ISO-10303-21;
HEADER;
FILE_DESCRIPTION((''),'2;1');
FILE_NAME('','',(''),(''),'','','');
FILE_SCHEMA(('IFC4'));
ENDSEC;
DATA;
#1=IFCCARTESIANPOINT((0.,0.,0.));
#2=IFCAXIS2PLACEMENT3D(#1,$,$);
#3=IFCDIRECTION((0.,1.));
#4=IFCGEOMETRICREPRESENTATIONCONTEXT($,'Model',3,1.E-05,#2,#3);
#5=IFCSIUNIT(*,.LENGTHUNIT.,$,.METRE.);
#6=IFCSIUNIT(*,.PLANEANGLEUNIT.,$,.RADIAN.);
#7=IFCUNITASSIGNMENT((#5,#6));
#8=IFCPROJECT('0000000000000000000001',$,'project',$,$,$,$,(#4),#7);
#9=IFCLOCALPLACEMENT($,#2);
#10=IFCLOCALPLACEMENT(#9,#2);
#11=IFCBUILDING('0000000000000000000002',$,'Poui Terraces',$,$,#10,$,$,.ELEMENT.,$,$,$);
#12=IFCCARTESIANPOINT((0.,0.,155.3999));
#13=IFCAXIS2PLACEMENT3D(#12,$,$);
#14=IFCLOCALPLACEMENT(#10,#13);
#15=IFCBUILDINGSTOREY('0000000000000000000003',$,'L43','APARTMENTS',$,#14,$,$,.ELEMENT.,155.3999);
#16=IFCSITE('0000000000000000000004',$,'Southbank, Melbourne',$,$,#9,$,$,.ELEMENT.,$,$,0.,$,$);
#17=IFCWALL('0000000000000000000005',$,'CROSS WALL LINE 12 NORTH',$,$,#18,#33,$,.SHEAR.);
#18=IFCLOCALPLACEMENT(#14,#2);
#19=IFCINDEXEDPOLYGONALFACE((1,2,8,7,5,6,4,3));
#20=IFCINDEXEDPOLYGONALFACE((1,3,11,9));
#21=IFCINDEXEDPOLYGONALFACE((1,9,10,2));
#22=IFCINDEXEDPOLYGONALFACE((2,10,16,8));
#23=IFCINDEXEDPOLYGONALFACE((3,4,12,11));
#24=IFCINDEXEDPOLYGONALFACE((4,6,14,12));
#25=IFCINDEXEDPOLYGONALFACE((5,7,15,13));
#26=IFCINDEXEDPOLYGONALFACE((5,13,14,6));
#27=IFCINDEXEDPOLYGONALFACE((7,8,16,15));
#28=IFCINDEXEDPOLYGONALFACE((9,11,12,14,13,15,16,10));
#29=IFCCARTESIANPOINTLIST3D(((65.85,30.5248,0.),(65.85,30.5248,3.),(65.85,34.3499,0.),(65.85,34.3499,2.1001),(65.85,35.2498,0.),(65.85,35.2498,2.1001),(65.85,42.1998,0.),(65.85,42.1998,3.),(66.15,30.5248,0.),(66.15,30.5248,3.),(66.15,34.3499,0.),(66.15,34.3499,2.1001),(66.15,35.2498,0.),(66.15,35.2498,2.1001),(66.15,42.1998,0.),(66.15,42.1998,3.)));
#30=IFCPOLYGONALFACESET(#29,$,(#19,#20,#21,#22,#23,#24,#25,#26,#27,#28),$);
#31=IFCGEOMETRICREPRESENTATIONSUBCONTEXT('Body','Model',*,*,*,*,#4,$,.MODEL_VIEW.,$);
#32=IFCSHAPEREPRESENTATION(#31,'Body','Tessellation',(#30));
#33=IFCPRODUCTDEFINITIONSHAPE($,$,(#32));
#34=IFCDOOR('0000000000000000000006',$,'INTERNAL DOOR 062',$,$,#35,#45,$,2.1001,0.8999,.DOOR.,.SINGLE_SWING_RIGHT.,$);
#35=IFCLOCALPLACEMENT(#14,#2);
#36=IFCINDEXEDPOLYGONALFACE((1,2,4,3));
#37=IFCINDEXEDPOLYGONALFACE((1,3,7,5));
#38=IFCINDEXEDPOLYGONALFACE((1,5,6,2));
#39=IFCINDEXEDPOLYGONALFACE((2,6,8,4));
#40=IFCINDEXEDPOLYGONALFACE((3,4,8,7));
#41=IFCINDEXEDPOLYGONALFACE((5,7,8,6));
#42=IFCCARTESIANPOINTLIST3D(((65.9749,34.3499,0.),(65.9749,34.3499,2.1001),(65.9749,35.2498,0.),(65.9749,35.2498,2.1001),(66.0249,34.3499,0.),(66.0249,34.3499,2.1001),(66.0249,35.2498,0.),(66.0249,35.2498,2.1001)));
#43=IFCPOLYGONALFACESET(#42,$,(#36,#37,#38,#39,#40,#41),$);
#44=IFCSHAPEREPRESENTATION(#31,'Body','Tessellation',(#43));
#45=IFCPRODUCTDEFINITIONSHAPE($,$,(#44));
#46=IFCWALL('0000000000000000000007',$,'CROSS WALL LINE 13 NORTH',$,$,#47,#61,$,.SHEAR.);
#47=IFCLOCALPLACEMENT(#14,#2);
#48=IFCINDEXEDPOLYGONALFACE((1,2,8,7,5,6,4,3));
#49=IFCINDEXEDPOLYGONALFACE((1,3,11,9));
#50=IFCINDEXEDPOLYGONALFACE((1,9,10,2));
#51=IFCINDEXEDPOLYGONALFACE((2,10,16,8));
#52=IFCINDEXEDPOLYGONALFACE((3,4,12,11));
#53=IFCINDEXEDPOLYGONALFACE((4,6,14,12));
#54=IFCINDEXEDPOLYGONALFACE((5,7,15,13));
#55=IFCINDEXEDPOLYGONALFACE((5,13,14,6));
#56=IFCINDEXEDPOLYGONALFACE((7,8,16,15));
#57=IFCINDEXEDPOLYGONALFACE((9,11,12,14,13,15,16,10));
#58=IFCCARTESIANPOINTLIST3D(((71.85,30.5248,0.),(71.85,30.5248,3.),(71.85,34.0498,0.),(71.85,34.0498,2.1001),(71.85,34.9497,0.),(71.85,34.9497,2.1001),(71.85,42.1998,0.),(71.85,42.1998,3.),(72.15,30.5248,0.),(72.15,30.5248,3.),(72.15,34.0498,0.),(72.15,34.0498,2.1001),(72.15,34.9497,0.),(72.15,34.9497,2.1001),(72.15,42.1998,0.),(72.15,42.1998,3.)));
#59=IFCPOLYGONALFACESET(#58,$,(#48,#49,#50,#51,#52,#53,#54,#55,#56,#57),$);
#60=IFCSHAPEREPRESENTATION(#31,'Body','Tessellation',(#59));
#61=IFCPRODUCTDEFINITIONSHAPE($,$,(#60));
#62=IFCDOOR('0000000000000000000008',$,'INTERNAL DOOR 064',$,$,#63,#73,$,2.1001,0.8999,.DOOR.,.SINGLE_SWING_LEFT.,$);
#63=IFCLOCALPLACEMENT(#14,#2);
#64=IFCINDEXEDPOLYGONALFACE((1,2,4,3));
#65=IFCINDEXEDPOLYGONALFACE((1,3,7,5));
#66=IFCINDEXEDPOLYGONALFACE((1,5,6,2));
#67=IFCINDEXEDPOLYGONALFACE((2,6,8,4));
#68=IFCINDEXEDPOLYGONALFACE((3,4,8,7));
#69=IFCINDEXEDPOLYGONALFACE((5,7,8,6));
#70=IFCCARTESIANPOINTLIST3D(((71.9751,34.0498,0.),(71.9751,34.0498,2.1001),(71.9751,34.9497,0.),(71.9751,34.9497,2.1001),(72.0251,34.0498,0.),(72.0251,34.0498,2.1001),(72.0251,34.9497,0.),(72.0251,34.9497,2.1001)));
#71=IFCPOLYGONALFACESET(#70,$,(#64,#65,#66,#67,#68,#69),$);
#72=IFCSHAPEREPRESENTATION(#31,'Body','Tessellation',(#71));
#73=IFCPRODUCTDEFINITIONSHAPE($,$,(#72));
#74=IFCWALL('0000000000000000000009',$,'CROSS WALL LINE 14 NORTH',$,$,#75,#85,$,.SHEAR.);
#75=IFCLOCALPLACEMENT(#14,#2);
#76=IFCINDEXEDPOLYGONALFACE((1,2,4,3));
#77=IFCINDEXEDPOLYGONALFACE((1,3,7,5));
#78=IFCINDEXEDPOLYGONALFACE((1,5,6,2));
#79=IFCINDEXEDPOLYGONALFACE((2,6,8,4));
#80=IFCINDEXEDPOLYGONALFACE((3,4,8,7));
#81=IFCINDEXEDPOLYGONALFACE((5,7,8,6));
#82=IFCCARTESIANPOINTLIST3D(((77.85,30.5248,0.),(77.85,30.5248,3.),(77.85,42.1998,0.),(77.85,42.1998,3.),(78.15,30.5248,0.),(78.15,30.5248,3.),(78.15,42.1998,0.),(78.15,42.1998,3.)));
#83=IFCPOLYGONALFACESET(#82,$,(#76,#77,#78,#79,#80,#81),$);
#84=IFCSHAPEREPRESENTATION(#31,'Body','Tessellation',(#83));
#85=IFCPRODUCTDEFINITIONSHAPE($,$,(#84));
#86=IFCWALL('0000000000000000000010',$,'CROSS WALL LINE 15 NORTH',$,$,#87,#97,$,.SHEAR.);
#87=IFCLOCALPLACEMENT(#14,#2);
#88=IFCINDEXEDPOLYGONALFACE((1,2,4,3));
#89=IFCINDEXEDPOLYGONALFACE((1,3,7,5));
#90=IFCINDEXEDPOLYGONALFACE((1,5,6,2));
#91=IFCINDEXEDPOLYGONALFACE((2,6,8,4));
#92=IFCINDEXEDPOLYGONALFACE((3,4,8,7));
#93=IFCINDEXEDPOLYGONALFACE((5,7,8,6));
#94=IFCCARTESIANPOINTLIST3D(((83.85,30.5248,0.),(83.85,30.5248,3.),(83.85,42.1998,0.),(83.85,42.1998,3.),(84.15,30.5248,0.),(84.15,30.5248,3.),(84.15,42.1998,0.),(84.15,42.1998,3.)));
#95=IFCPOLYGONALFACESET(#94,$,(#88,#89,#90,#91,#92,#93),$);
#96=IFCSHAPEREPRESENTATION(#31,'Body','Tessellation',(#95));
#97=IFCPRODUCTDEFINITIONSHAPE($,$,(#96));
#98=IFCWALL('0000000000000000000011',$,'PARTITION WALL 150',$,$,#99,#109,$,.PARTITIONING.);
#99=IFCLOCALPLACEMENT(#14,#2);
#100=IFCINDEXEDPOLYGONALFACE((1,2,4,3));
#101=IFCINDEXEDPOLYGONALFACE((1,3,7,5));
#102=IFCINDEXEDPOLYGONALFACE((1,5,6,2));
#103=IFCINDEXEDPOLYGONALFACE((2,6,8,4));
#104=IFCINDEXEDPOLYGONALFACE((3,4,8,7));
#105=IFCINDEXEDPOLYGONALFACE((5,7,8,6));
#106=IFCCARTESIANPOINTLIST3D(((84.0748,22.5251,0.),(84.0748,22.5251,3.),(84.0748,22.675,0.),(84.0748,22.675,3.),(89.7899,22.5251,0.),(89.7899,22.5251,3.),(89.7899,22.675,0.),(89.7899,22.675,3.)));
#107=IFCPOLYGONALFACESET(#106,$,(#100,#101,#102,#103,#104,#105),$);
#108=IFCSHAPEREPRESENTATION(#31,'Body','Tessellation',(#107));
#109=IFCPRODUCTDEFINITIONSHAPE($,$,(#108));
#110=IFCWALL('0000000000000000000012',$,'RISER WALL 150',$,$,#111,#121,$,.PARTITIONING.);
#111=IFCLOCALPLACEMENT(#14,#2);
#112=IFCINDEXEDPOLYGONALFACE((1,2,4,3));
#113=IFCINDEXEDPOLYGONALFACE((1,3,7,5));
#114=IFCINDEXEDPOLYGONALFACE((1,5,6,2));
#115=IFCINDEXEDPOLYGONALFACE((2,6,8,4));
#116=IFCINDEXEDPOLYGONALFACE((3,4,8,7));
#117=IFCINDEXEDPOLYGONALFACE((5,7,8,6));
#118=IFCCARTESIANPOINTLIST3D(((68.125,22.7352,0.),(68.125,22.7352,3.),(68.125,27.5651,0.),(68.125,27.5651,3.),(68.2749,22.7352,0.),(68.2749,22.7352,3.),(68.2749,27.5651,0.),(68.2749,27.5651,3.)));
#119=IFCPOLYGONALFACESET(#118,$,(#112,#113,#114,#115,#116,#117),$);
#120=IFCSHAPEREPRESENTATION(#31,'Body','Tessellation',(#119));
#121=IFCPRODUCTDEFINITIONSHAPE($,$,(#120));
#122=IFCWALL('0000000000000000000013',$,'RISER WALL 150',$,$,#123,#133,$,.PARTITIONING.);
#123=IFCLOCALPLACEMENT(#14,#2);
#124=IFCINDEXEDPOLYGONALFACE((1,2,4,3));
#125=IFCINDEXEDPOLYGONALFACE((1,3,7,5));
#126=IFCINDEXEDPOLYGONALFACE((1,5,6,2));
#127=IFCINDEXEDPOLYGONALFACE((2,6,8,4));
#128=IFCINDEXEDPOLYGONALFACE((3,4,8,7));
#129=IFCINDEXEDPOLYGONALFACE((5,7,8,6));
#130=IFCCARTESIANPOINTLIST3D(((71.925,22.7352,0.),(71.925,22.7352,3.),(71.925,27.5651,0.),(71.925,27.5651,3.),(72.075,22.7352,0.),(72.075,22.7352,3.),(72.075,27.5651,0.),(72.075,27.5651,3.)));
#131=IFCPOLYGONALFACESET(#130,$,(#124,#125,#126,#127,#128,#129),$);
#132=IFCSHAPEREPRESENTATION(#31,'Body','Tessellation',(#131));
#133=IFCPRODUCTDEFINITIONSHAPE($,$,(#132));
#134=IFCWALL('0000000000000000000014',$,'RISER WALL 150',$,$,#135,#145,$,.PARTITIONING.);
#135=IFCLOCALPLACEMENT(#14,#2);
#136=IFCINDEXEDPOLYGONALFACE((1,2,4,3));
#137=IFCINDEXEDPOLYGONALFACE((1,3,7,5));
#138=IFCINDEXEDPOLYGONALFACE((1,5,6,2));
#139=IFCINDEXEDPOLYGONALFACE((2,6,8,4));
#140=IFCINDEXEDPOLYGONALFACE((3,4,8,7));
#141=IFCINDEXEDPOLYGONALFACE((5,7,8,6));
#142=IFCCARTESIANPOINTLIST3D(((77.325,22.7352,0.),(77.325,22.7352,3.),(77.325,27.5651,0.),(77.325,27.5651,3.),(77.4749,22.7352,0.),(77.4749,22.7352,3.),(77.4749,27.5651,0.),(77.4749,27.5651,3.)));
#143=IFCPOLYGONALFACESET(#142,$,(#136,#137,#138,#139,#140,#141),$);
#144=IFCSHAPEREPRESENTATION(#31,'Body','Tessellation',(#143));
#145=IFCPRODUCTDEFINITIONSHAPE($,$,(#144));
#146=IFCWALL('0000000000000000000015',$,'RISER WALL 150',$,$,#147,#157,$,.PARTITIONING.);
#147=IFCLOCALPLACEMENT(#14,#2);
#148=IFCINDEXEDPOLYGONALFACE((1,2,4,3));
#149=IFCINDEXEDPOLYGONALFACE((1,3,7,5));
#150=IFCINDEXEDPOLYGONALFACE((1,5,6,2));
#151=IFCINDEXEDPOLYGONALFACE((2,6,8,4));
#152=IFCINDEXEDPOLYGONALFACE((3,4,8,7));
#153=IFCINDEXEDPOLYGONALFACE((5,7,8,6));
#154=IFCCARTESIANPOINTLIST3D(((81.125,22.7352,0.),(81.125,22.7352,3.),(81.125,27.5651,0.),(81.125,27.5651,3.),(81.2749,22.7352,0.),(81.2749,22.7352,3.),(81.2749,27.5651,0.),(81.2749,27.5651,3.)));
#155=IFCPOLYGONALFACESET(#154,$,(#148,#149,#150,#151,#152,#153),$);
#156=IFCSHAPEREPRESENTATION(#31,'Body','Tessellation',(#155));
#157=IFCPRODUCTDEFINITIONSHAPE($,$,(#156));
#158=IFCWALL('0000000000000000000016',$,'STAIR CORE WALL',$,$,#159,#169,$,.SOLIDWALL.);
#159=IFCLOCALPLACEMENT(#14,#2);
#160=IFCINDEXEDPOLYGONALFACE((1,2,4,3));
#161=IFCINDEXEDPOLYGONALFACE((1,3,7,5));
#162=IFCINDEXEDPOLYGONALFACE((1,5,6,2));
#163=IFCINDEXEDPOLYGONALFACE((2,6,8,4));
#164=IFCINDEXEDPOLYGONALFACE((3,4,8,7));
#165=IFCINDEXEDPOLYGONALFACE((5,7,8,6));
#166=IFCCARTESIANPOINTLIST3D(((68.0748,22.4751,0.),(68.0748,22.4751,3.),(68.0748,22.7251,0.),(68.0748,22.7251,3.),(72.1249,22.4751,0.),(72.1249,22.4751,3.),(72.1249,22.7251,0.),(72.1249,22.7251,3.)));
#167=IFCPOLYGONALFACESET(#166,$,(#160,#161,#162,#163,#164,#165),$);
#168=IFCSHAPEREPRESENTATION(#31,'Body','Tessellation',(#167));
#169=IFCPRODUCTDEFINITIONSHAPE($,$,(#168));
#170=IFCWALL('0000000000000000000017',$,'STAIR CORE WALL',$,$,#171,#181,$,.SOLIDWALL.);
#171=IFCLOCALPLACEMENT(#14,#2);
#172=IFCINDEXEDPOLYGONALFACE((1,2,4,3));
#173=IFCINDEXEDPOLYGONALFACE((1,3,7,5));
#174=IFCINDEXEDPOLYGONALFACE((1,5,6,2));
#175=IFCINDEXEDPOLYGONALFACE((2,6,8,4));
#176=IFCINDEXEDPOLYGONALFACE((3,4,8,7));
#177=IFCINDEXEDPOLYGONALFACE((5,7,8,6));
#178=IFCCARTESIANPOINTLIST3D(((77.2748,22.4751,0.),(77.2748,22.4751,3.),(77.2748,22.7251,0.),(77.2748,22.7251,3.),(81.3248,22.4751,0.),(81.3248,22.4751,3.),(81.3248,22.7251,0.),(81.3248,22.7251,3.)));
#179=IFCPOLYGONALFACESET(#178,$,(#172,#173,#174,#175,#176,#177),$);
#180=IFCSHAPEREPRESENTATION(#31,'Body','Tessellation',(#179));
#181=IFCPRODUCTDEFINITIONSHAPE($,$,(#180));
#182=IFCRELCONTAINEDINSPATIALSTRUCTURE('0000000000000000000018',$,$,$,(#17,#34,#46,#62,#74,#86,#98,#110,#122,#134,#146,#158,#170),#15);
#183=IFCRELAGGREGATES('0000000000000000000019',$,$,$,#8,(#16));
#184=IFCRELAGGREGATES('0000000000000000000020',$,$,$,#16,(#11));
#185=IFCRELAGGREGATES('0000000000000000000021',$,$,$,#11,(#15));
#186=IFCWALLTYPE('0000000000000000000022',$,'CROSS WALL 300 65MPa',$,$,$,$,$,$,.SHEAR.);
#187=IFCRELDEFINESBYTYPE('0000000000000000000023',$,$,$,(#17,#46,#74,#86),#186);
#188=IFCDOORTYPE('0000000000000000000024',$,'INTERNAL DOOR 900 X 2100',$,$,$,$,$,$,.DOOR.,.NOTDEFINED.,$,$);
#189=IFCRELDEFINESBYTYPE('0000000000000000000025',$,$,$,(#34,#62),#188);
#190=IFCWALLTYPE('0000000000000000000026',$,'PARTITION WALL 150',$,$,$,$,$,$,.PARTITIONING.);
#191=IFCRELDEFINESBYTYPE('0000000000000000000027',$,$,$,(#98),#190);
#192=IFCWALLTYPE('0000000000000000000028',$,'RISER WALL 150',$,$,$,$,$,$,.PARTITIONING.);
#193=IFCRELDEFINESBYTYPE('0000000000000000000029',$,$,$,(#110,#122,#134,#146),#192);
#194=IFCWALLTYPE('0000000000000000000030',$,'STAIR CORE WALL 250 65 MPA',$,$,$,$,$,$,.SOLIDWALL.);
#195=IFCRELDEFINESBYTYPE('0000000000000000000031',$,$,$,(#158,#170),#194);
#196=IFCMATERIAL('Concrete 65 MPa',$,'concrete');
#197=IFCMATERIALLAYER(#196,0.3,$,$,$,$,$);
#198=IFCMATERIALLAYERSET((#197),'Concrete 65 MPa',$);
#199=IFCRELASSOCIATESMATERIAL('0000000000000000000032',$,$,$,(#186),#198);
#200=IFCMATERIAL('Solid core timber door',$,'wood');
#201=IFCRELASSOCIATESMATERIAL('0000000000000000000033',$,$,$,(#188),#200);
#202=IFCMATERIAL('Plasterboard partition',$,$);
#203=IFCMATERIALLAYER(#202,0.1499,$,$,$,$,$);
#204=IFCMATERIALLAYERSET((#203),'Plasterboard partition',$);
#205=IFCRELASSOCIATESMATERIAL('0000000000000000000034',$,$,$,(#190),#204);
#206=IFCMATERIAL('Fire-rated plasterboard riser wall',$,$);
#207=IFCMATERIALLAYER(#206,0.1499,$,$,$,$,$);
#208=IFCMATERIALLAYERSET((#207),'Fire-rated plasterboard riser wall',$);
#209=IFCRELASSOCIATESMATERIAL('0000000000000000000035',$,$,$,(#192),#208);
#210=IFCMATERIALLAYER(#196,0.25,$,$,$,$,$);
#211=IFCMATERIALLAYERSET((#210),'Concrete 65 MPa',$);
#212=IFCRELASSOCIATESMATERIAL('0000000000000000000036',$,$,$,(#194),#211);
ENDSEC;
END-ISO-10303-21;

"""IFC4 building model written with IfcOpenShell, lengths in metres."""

from ifc_helpers import new_model, si_unit, direction, frame, frame_2d, origin, place, context, subcontext, project, spatial, rectangle, extrude, material, layer, layer_set, type_object, element, fill, save


model = new_model("IFC4")

# Units and contexts
model_context = context("Model", 3, precision=1e-05, world=origin(), true_north=direction((0.0, 1.0)))
body_context = subcontext(model_context, "Body", "Model", "MODEL_VIEW")
ifc_project = project(units=[si_unit("LENGTHUNIT", "METRE"), si_unit("PLANEANGLEUNIT", "RADIAN")], contexts=[model_context])

# Site, building, storey
site_placement = place(None, origin())
site = spatial("IfcSite", under=ifc_project, at=site_placement, Name="Southbank, Melbourne", CompositionType="ELEMENT", RefElevation=0.0)
building_placement = place(site_placement, origin())
building = spatial("IfcBuilding", under=site, at=building_placement, Name="Poui Terraces", CompositionType="ELEMENT")
storey_placement = place(building_placement, frame((0.0, 0.0, 155.3999)))
storey = spatial("IfcBuildingStorey", under=building, at=storey_placement, Name="L43", Description="APARTMENTS", CompositionType="ELEMENT", Elevation=155.3999)

# Shared definitions
ifc_material_1 = material(Name="Concrete 65 MPa", Category="concrete")

# Walls, openings, doors
ifc_material_2 = material(Name="Solid core timber door", Category="wood")
ifc_layer_1 = layer(ifc_material_1, 0.3)
ifc_layer_set_1 = layer_set([ifc_layer_1], Name="Concrete 65 MPa")
wall_type_1 = type_object("IfcWallType", Name="CROSS WALL 300 65MPa", PredefinedType="SHEAR", material=ifc_layer_set_1)
wall_1_placement = place(storey_placement, frame((66.0, 30.5249, 0.0), z_axis=(0.0, 0.0, 1.0), x_axis=(0.0, 1.0, 0.0)))
wall_1 = element("IfcWall", 1, at=wall_1_placement, inside=storey, type_object=wall_type_1, Name="CROSS WALL LINE 12 NORTH", PredefinedType="SHEAR", context=body_context, shape_type="SweptSolid", body=[
    extrude(rectangle(XDim=11.675, YDim=0.3, at=frame_2d((5.8374, 0.0))), origin(), (0.0, 0.0, 1.0), 3.0),
])
opening_1_placement = place(wall_1_placement, frame((3.825, 0.0, 0.0)))
opening_1 = element("IfcOpeningElement", 2, at=opening_1_placement, cuts=wall_1, PredefinedType="OPENING", context=body_context, shape_type="SweptSolid", body=[
    extrude(rectangle(XDim=0.8999, YDim=2.1001, at=frame_2d((0.45, 1.05))), frame((0.0, 0.1602, 0.0), z_axis=(0.0, -1.0, 0.0), x_axis=(1.0, 0.0, 0.0)), (0.0, 0.0, 1.0), 0.3201),
])
door_type_1 = type_object("IfcDoorType", Name="INTERNAL DOOR 900 X 2100", OperationType="NOTDEFINED", PredefinedType="DOOR", material=ifc_material_2)
door_1_placement = place(opening_1_placement, frame((0.8999, 0.0, 0.0), z_axis=(0.0, 0.0, 1.0), x_axis=(-1.0, 0.0, 0.0)))
door_1 = element("IfcDoor", 3, at=door_1_placement, inside=storey, type_object=door_type_1, Name="INTERNAL DOOR 062", OperationType="SINGLE_SWING_RIGHT", OverallHeight=2.1001, OverallWidth=0.8999, PredefinedType="DOOR", context=body_context, shape_type="SweptSolid", body=[
    extrude(rectangle(XDim=0.8999, YDim=2.1001, at=frame_2d((0.45, 1.05))), frame((0.0, 0.0249, 0.0), z_axis=(0.0, -1.0, 0.0), x_axis=(1.0, 0.0, 0.0)), (0.0, 0.0, 1.0), 0.05),
])
fill(opening_1, door_1)
wall_2_placement = place(storey_placement, frame((72.0, 30.5249, 0.0), z_axis=(0.0, 0.0, 1.0), x_axis=(0.0, 1.0, 0.0)))
wall_2 = element("IfcWall", 4, at=wall_2_placement, inside=storey, type_object=wall_type_1, Name="CROSS WALL LINE 13 NORTH", PredefinedType="SHEAR", context=body_context, shape_type="SweptSolid", body=[
    extrude(rectangle(XDim=11.675, YDim=0.3, at=frame_2d((5.8374, 0.0))), origin(), (0.0, 0.0, 1.0), 3.0),
])
opening_2_placement = place(wall_2_placement, frame((3.5249, 0.0, 0.0)))
opening_2 = element("IfcOpeningElement", 5, at=opening_2_placement, cuts=wall_2, PredefinedType="OPENING", context=body_context, shape_type="SweptSolid", body=[
    extrude(rectangle(XDim=0.8999, YDim=2.1001, at=frame_2d((0.45, 1.05))), frame((0.0, 0.1602, 0.0), z_axis=(0.0, -1.0, 0.0), x_axis=(1.0, 0.0, 0.0)), (0.0, 0.0, 1.0), 0.3201),
])
door_2_placement = place(opening_2_placement, origin())
door_2 = element("IfcDoor", 6, at=door_2_placement, inside=storey, type_object=door_type_1, Name="INTERNAL DOOR 064", OperationType="SINGLE_SWING_LEFT", OverallHeight=2.1001, OverallWidth=0.8999, PredefinedType="DOOR", context=body_context, shape_type="SweptSolid", body=[
    extrude(rectangle(XDim=0.8999, YDim=2.1001, at=frame_2d((0.45, 1.05))), frame((0.0, 0.0249, 0.0), z_axis=(0.0, -1.0, 0.0), x_axis=(1.0, 0.0, 0.0)), (0.0, 0.0, 1.0), 0.05),
])
fill(opening_2, door_2)

# Walls
for number, where, z_axis, x_axis, name in (
    (7, (78.0, 30.5249, 0.0), (0.0, 0.0, 1.0), (0.0, 1.0, 0.0), "CROSS WALL LINE 14 NORTH"),
    (8, (84.0, 30.5249, 0.0), (0.0, 0.0, 1.0), (0.0, 1.0, 0.0), "CROSS WALL LINE 15 NORTH"),
):
    element("IfcWall", number, at=place(storey_placement, frame(where, z_axis=z_axis, x_axis=x_axis)), inside=storey, type_object=wall_type_1, Name=name, PredefinedType="SHEAR", context=body_context, shape_type="SweptSolid", body=[
        extrude(rectangle(XDim=11.675, YDim=0.3, at=frame_2d((5.8374, 0.0))), origin(), (0.0, 0.0, 1.0), 3.0),
    ])
ifc_material_3 = material(Name="Plasterboard partition")
ifc_layer_2 = layer(ifc_material_3, 0.1499)
ifc_layer_set_2 = layer_set([ifc_layer_2], Name="Plasterboard partition")
wall_type_2 = type_object("IfcWallType", Name="PARTITION WALL 150", PredefinedType="PARTITIONING", material=ifc_layer_set_2)
wall_3_placement = place(storey_placement, frame((84.075, 22.6001, 0.0), z_axis=(0.0, 0.0, 1.0), x_axis=(1.0, 0.0, 0.0)))
element("IfcWall", 9, at=wall_3_placement, inside=storey, type_object=wall_type_2, Name="PARTITION WALL 150", PredefinedType="PARTITIONING", context=body_context, shape_type="SweptSolid", body=[
    extrude(rectangle(XDim=5.7151, YDim=0.1499, at=frame_2d((2.8574, 0.0))), origin(), (0.0, 0.0, 1.0), 3.0),
])
ifc_material_4 = material(Name="Fire-rated plasterboard riser wall")
ifc_layer_3 = layer(ifc_material_4, 0.1499)
ifc_layer_set_3 = layer_set([ifc_layer_3], Name="Fire-rated plasterboard riser wall")
wall_type_3 = type_object("IfcWallType", Name="RISER WALL 150", PredefinedType="PARTITIONING", material=ifc_layer_set_3)
for number, where, z_axis, x_axis, name in (
    (10, (68.2, 22.7351, 0.0), (0.0, 0.0, 1.0), (0.0, 1.0, 0.0), "RISER WALL 150"),
    (11, (72.0, 22.7351, 0.0), (0.0, 0.0, 1.0), (0.0, 1.0, 0.0), "RISER WALL 150"),
    (12, (77.3999, 22.7351, 0.0), (0.0, 0.0, 1.0), (0.0, 1.0, 0.0), "RISER WALL 150"),
    (13, (81.2, 22.7351, 0.0), (0.0, 0.0, 1.0), (0.0, 1.0, 0.0), "RISER WALL 150"),
):
    element("IfcWall", number, at=place(storey_placement, frame(where, z_axis=z_axis, x_axis=x_axis)), inside=storey, type_object=wall_type_3, Name=name, PredefinedType="PARTITIONING", context=body_context, shape_type="SweptSolid", body=[
        extrude(rectangle(XDim=4.8298, YDim=0.1499, at=frame_2d((2.415, 0.0))), origin(), (0.0, 0.0, 1.0), 3.0),
    ])
ifc_layer_4 = layer(ifc_material_1, 0.25)
ifc_layer_set_4 = layer_set([ifc_layer_4], Name="Concrete 65 MPa")
wall_type_4 = type_object("IfcWallType", Name="STAIR CORE WALL 250 65 MPA", PredefinedType="SOLIDWALL", material=ifc_layer_set_4)
for number, where, z_axis, x_axis, name in (
    (14, (68.075, 22.6001, 0.0), (0.0, 0.0, 1.0), (1.0, 0.0, 0.0), "STAIR CORE WALL"),
    (15, (77.2749, 22.6001, 0.0), (0.0, 0.0, 1.0), (1.0, 0.0, 0.0), "STAIR CORE WALL"),
):
    element("IfcWall", number, at=place(storey_placement, frame(where, z_axis=z_axis, x_axis=x_axis)), inside=storey, type_object=wall_type_4, Name=name, PredefinedType="SOLIDWALL", context=body_context, shape_type="SweptSolid", body=[
        extrude(rectangle(XDim=4.05, YDim=0.25, at=frame_2d((2.0249, 0.0))), origin(), (0.0, 0.0, 1.0), 3.0),
    ])

save(model, "model.ifc")
